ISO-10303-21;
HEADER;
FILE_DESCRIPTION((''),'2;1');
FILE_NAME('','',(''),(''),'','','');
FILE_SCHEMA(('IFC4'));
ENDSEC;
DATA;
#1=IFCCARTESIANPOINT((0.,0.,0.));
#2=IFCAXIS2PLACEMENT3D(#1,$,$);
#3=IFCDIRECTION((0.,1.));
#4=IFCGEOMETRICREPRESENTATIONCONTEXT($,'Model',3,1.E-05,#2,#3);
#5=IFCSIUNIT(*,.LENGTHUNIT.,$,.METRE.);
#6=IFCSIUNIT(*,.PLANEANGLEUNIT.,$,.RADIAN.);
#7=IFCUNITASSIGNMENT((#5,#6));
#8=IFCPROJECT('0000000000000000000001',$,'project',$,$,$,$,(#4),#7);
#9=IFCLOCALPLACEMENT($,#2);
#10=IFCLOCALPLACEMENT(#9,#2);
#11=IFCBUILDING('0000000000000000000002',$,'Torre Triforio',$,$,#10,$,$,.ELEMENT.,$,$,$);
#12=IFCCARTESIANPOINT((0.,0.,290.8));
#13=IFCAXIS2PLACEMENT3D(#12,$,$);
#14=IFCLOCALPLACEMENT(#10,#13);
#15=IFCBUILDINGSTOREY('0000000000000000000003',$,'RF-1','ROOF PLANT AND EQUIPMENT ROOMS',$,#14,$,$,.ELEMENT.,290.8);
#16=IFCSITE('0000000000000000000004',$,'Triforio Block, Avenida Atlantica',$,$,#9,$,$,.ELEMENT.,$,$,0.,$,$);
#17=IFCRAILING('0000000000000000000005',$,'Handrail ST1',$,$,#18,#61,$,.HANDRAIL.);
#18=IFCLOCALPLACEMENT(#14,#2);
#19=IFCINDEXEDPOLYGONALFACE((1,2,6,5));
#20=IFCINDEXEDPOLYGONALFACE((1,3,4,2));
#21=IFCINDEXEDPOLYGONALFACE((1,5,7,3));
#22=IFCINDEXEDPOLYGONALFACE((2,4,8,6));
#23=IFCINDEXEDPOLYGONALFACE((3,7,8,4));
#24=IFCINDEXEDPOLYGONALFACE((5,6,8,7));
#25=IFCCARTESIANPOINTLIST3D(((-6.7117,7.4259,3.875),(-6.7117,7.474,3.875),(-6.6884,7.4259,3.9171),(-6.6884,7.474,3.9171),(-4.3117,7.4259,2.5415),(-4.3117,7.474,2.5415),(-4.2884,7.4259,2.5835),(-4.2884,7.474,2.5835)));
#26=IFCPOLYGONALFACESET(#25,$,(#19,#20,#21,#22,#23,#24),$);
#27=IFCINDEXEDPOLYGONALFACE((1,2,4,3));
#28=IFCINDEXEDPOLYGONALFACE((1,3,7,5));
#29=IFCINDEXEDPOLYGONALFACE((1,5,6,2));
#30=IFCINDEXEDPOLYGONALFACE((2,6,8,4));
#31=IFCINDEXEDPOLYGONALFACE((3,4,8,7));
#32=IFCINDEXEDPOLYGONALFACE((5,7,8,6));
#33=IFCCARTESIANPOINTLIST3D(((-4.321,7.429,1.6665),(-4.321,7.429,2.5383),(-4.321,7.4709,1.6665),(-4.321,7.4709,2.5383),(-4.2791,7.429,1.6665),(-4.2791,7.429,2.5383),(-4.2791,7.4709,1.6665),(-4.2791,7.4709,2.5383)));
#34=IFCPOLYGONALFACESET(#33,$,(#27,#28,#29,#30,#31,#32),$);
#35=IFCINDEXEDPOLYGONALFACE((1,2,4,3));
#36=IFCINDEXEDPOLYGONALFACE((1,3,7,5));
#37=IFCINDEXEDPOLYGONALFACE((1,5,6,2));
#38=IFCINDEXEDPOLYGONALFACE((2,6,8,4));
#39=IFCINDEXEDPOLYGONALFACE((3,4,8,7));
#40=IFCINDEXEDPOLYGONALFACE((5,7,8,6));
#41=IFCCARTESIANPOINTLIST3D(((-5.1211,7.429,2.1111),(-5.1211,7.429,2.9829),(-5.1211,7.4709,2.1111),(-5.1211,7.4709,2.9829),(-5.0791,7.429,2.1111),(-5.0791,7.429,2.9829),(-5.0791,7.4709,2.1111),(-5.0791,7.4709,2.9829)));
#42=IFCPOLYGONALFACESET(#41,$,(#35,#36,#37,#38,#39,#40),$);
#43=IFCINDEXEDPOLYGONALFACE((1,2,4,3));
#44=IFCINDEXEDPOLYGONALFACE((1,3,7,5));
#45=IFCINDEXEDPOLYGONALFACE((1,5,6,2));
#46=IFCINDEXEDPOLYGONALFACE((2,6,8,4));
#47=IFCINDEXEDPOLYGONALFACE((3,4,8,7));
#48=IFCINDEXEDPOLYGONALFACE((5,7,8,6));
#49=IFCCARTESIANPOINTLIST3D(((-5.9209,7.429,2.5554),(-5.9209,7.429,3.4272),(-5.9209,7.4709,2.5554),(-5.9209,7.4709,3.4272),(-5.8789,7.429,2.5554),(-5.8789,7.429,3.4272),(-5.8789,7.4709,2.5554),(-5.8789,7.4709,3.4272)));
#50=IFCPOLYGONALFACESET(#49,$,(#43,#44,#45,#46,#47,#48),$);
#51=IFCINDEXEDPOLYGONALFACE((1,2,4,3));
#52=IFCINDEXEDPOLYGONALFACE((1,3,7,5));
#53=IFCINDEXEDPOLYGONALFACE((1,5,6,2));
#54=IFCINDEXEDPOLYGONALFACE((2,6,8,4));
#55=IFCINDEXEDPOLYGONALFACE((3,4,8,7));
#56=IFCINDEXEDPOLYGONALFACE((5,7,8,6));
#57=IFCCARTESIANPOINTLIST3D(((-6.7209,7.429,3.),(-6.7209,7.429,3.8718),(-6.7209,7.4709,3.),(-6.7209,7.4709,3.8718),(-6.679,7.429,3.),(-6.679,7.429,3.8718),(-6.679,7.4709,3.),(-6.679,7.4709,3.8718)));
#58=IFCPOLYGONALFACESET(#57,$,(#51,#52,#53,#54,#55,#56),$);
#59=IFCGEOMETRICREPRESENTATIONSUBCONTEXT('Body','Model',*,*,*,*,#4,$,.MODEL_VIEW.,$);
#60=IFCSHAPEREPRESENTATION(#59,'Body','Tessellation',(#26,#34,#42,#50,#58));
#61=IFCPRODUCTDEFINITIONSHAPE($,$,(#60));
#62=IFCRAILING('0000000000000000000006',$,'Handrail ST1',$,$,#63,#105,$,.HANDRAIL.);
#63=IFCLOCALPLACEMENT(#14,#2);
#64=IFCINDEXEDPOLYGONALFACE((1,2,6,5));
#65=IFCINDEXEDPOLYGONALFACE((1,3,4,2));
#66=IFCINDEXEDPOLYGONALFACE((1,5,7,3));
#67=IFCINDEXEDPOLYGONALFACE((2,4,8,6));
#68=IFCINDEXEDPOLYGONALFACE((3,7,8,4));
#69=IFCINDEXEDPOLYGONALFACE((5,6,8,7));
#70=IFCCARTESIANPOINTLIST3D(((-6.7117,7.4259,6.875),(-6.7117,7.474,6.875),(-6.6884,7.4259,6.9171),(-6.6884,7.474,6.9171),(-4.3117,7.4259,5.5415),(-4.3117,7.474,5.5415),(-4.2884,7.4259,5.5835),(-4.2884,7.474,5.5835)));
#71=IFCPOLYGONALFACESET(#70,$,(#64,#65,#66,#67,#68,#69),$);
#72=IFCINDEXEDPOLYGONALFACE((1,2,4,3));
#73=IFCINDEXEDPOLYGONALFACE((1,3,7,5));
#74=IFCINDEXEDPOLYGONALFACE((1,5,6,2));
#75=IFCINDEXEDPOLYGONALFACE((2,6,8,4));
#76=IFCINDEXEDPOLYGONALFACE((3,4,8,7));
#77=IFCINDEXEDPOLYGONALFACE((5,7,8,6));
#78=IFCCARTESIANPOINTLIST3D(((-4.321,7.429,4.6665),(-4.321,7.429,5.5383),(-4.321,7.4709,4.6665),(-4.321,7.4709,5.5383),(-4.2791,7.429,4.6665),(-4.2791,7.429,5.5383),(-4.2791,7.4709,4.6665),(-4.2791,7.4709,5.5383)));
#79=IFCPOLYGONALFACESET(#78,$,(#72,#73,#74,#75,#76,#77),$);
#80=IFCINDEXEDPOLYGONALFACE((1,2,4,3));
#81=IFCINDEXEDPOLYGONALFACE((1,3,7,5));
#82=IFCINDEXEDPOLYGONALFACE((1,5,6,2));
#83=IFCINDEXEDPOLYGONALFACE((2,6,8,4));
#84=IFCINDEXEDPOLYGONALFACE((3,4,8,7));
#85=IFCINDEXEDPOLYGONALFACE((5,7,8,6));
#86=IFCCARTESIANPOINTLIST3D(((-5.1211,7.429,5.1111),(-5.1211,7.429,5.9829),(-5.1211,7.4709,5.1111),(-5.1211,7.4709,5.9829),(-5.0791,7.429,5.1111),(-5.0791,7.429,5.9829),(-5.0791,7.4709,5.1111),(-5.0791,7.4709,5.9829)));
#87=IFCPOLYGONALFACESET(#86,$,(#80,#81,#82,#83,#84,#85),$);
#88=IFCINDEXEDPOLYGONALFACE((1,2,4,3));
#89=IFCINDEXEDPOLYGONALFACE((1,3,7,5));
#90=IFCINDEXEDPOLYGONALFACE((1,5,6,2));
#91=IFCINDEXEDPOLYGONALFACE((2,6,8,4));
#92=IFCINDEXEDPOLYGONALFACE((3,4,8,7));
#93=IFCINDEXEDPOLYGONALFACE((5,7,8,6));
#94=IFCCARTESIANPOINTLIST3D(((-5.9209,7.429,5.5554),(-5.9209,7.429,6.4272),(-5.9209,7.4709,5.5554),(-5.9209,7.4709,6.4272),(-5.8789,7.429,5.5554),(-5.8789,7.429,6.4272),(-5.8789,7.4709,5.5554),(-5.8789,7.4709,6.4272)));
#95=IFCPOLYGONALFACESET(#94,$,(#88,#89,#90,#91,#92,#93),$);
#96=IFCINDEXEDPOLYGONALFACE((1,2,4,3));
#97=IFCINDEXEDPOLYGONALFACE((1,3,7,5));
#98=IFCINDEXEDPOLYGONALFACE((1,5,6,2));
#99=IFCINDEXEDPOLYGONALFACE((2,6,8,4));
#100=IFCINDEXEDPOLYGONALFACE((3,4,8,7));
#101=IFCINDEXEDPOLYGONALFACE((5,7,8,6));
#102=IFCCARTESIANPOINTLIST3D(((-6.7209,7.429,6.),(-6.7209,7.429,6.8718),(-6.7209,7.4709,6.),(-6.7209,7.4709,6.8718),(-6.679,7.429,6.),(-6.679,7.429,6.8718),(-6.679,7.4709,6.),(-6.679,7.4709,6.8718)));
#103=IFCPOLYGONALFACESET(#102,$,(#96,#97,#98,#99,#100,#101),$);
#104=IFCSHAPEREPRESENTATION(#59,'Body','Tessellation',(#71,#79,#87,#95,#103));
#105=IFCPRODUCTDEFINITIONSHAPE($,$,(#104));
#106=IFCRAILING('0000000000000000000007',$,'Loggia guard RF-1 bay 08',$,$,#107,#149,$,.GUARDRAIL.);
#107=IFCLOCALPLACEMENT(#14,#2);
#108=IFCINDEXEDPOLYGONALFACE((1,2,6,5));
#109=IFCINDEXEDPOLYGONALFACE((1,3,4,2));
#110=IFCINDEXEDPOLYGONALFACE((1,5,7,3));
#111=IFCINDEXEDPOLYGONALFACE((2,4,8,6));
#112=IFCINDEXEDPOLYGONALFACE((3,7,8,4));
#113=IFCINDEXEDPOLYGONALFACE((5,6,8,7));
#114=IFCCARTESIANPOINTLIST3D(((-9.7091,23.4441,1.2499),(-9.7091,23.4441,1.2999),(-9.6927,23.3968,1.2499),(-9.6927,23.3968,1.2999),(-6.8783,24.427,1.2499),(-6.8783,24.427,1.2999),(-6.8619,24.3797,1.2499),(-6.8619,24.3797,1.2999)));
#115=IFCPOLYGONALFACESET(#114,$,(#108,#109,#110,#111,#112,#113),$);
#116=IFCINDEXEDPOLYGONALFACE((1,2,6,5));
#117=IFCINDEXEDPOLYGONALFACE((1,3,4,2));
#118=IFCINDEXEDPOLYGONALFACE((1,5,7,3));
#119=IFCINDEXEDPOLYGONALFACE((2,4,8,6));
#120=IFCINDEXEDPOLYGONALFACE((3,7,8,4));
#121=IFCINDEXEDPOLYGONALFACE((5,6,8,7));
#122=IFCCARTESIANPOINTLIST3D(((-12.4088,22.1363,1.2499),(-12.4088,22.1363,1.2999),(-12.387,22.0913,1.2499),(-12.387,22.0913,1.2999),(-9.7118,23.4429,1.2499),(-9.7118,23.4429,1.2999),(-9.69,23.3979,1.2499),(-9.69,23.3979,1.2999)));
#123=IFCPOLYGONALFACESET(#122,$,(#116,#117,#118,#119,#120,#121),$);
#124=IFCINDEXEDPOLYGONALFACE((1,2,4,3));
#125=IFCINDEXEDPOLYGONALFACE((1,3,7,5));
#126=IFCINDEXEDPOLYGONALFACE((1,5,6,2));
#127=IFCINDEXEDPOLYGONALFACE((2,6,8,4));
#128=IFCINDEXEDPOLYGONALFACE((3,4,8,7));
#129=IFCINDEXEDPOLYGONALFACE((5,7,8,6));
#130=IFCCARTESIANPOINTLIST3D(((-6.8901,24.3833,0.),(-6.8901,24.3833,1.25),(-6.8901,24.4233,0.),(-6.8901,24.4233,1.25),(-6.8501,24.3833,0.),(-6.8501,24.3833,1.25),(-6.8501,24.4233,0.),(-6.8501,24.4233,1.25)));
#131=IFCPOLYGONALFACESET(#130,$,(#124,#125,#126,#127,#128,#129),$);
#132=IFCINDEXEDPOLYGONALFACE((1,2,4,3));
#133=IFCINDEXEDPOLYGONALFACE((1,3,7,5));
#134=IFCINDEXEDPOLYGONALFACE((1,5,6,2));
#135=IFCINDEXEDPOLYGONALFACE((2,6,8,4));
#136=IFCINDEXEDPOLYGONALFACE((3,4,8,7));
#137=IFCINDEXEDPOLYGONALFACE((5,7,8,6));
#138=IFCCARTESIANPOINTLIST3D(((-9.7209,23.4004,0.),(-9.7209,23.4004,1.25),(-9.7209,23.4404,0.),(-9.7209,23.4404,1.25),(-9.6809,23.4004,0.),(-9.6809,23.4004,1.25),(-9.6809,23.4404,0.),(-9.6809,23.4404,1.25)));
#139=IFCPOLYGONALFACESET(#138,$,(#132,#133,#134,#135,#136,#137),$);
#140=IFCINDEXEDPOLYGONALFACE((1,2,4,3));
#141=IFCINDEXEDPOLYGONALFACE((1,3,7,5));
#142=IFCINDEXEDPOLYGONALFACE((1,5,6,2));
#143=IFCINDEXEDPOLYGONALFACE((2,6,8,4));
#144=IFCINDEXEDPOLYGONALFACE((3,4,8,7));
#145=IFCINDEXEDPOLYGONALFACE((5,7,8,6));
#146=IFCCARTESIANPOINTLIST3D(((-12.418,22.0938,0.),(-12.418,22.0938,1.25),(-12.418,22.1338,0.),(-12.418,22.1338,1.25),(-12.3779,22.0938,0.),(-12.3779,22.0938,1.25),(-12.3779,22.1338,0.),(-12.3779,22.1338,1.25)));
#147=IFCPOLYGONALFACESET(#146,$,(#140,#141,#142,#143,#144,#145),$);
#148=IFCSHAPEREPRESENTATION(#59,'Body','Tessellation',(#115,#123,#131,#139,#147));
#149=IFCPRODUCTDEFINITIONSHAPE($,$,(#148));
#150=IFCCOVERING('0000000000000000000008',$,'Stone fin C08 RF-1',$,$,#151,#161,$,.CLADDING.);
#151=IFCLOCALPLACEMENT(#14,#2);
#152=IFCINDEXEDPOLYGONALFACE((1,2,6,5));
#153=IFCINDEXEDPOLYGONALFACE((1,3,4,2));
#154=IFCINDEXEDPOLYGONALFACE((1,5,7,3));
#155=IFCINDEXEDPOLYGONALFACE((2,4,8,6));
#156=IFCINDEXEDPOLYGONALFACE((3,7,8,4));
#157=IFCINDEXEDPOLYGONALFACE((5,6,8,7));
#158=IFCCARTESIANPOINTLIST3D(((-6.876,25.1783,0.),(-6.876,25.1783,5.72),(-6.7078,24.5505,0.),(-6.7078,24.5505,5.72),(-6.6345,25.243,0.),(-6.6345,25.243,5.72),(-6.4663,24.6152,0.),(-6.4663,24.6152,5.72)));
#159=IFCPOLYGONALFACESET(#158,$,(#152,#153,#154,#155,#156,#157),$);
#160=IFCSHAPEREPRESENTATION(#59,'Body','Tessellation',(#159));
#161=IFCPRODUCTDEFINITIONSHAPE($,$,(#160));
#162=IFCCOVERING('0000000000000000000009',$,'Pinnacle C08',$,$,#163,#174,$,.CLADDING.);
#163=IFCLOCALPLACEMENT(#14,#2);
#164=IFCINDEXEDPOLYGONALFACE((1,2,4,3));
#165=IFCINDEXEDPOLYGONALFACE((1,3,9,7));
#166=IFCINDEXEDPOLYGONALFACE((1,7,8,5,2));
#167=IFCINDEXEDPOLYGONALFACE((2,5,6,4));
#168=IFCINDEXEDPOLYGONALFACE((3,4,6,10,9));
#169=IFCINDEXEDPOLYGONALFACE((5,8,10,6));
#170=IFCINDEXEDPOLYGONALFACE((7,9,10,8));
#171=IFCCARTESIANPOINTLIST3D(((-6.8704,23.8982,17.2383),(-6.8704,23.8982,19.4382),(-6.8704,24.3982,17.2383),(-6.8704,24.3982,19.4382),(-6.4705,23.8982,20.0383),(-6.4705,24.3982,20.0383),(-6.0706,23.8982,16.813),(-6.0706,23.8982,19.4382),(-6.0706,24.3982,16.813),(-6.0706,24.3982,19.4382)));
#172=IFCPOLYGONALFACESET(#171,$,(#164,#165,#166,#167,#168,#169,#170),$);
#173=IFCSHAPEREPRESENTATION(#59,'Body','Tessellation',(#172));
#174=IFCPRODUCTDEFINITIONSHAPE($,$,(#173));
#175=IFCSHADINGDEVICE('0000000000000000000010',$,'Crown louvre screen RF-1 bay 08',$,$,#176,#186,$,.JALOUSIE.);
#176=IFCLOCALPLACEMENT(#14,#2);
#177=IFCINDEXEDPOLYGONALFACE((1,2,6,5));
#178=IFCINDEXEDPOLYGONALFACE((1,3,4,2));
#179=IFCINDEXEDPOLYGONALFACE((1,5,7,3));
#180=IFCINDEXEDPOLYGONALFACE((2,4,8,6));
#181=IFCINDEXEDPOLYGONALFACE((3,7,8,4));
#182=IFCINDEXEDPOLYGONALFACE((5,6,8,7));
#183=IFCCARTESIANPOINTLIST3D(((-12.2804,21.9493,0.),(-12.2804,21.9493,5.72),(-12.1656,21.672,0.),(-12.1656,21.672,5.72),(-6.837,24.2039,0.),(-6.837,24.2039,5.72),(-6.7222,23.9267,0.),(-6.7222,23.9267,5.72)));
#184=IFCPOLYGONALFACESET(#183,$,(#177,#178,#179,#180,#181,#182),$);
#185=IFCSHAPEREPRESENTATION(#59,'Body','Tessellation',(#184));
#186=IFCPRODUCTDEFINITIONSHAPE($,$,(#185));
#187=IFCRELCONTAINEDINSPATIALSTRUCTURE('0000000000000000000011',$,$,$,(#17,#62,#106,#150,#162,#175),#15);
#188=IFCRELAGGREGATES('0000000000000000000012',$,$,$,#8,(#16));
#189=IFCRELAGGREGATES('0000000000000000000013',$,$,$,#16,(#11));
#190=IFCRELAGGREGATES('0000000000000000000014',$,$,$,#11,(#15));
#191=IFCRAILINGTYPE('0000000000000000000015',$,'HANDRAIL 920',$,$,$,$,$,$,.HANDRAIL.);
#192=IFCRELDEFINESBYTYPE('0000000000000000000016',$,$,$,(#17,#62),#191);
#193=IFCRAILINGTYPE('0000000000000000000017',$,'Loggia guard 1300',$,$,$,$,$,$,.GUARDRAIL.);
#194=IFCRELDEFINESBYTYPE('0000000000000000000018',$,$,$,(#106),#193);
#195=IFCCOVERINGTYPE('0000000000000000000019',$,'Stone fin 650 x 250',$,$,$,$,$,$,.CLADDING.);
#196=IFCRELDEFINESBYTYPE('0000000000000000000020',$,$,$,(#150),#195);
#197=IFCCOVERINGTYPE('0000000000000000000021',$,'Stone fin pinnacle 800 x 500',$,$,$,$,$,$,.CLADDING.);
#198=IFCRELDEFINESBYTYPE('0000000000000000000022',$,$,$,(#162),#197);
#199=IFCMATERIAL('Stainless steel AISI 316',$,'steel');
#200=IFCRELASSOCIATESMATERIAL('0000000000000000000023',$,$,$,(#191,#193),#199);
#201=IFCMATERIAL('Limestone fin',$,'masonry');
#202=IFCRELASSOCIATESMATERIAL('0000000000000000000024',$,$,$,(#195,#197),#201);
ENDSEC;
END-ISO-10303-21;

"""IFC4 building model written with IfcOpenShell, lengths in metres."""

from ifc_helpers import new_model, si_unit, direction, frame, origin, origin_2d, place, context, subcontext, project, spatial, polyline, rectangle, outline, extrude, material, material_profile, profile_set, type_object, element, save


model = new_model("IFC4")

# Units and contexts
model_context = context("Model", 3, precision=1e-05, world=origin(), true_north=direction((0.0, 1.0)))
body_context = subcontext(model_context, "Body", "Model", "MODEL_VIEW")
ifc_project = project(units=[si_unit("LENGTHUNIT", "METRE"), si_unit("PLANEANGLEUNIT", "RADIAN")], contexts=[model_context])

# Site, building, storey
site_placement = place(None, origin())
site = spatial("IfcSite", under=ifc_project, at=site_placement, Name="Triforio Block, Avenida Atlantica", CompositionType="ELEMENT", RefElevation=0.0)
building_placement = place(site_placement, origin())
building = spatial("IfcBuilding", under=site, at=building_placement, Name="Torre Triforio", CompositionType="ELEMENT")
storey_placement = place(building_placement, frame((0.0, 0.0, 290.8)))
storey = spatial("IfcBuildingStorey", under=building, at=storey_placement, Name="RF-1", Description="ROOF PLANT AND EQUIPMENT ROOMS", CompositionType="ELEMENT", Elevation=290.8)

# Railings
ifc_material_1 = material(Name="Stainless steel AISI 316", Category="steel")
railing_type_1 = type_object("IfcRailingType", Name="HANDRAIL 920", PredefinedType="HANDRAIL", material=ifc_material_1)
for number, where, name in (
    (1, (-4.3, 7.45, 1.6665), "Handrail ST1"),
    (2, (-4.3, 7.45, 4.6665), "Handrail ST1"),
):
    element("IfcRailing", number, at=place(storey_placement, frame(where)), inside=storey, type_object=railing_type_1, Name=name, PredefinedType="HANDRAIL", context=body_context, shape_type="SweptSolid", body=[
        extrude(rectangle(XDim=0.0481, YDim=0.0481, at=origin_2d()), frame((0.0, 0.0, 0.896), z_axis=(-0.874124, 0.0, 0.485703), x_axis=(0.0, -1.0, 0.0)), (0.0, 0.0, 1.0), 2.7456),
        extrude(rectangle(XDim=0.042, YDim=0.042, at=origin_2d()), origin(), (0.0, 0.0, 1.0), 0.8718),
        extrude(rectangle(XDim=0.042, YDim=0.042, at=origin_2d()), frame((-0.8, 0.0, 0.4446)), (0.0, 0.0, 1.0), 0.8718),
        extrude(rectangle(XDim=0.042, YDim=0.042, at=origin_2d()), frame((-1.5999, 0.0, 0.8889)), (0.0, 0.0, 1.0), 0.8718),
        extrude(rectangle(XDim=0.042, YDim=0.042, at=origin_2d()), frame((-2.3999, 0.0, 1.3335)), (0.0, 0.0, 1.0), 0.8718),
    ])
railing_type_2 = type_object("IfcRailingType", Name="Loggia guard 1300", PredefinedType="GUARDRAIL", material=ifc_material_1)
railing_placement = place(storey_placement, frame((-6.8701, 24.4033, 0.0)))
element("IfcRailing", 3, at=railing_placement, inside=storey, type_object=railing_type_2, Name="Loggia guard RF-1 bay 08", PredefinedType="GUARDRAIL", context=body_context, shape_type="SweptSolid", body=[
    extrude(rectangle(XDim=0.05, YDim=0.05, at=origin_2d()), frame((0.0, 0.0, 1.2749), z_axis=(-0.944675, -0.328009, 0.0), x_axis=(0.328009, -0.944675, 0.0)), (0.0, 0.0, 1.0), 2.9966),
    extrude(rectangle(XDim=0.05, YDim=0.05, at=origin_2d()), frame((-2.8308, -0.9829, 1.2749), z_axis=(-0.899946, -0.436002, 0.0), x_axis=(0.436002, -0.899946, 0.0)), (0.0, 0.0, 1.0), 2.9968),
    extrude(rectangle(XDim=0.04, YDim=0.04, at=origin_2d()), origin(), (0.0, 0.0, 1.0), 1.25),
    extrude(rectangle(XDim=0.04, YDim=0.04, at=origin_2d()), frame((-2.8308, -0.9829, 0.0)), (0.0, 0.0, 1.0), 1.25),
    extrude(rectangle(XDim=0.04, YDim=0.04, at=origin_2d()), frame((-5.5278, -2.2896, 0.0)), (0.0, 0.0, 1.0), 1.25),
])

# Coverings
ifc_material_2 = material(Name="Limestone fin", Category="masonry")
ifc_material_profile_1 = material_profile(ifc_material_2, rectangle(XDim=0.6499, YDim=0.25, at=origin_2d()), Name="FIN 650x250")
ifc_profile_set_1 = profile_set([ifc_material_profile_1], Name="Limestone fin")
covering_type_1 = type_object("IfcCoveringType", Name="Stone fin 650 x 250", PredefinedType="CLADDING", material=ifc_profile_set_1)
covering_1_placement = place(storey_placement, frame((-6.6711, 24.8967, 0.0), z_axis=(0.0, 0.0, 1.0), x_axis=(-0.258819, 0.965926, 0.0)))
element("IfcCovering", 4, at=covering_1_placement, inside=storey, type_object=covering_type_1, Name="Stone fin C08 RF-1", PredefinedType="CLADDING", context=body_context, shape_type="SweptSolid", body=[
    extrude(rectangle(XDim=0.6499, YDim=0.25, at=origin_2d()), origin(), (0.0, 0.0, 1.0), 5.72),
])
ifc_material_profile_2 = material_profile(ifc_material_2, outline(polyline([(-0.3999, -0.2126), (0.3999, 0.2126), (0.3999, 2.4126), (0.0, 3.0127), (-0.3999, 2.4126), (-0.3999, -0.2126)])), Name="FIN PINNACLE 800x500")
ifc_profile_set_2 = profile_set([ifc_material_profile_2], Name="Limestone fin")
covering_type_2 = type_object("IfcCoveringType", Name="Stone fin pinnacle 800 x 500", PredefinedType="CLADDING", material=ifc_profile_set_2)
covering_2_placement = place(storey_placement, frame((-6.4705, 23.8982, 17.0256), z_axis=(0.0, 1.0, 0.0), x_axis=(-1.0, 0.0, 0.0)))
element("IfcCovering", 5, at=covering_2_placement, inside=storey, type_object=covering_type_2, Name="Pinnacle C08", PredefinedType="CLADDING", context=body_context, shape_type="SweptSolid", body=[
    extrude(outline(polyline([(-0.3999, -0.2126), (0.3999, 0.2126), (0.3999, 2.4126), (0.0, 3.0127), (-0.3999, 2.4126), (-0.3999, -0.2126)])), origin(), (0.0, 0.0, 1.0), 0.5),
])

# Shading device
shading_device_placement = place(storey_placement, frame((-6.7795, 24.0652, 0.0), z_axis=(0.0, 0.0, 1.0), x_axis=(-0.923884, -0.382673, 0.0)))
element("IfcShadingDevice", 6, at=shading_device_placement, inside=storey, Name="Crown louvre screen RF-1 bay 08", PredefinedType="JALOUSIE", context=body_context, shape_type="SweptSolid", body=[
    extrude(outline(polyline([(0.0, 0.0), (5.8918, 0.0), (5.8918, 5.72), (0.0, 5.72), (0.0, 0.0)])), frame((0.0, 0.1499, 0.0), z_axis=(0.0, -1.0, 0.0), x_axis=(1.0, 0.0, 0.0)), (0.0, 0.0, 1.0), 0.3),
])

save(model, "model.ifc")
